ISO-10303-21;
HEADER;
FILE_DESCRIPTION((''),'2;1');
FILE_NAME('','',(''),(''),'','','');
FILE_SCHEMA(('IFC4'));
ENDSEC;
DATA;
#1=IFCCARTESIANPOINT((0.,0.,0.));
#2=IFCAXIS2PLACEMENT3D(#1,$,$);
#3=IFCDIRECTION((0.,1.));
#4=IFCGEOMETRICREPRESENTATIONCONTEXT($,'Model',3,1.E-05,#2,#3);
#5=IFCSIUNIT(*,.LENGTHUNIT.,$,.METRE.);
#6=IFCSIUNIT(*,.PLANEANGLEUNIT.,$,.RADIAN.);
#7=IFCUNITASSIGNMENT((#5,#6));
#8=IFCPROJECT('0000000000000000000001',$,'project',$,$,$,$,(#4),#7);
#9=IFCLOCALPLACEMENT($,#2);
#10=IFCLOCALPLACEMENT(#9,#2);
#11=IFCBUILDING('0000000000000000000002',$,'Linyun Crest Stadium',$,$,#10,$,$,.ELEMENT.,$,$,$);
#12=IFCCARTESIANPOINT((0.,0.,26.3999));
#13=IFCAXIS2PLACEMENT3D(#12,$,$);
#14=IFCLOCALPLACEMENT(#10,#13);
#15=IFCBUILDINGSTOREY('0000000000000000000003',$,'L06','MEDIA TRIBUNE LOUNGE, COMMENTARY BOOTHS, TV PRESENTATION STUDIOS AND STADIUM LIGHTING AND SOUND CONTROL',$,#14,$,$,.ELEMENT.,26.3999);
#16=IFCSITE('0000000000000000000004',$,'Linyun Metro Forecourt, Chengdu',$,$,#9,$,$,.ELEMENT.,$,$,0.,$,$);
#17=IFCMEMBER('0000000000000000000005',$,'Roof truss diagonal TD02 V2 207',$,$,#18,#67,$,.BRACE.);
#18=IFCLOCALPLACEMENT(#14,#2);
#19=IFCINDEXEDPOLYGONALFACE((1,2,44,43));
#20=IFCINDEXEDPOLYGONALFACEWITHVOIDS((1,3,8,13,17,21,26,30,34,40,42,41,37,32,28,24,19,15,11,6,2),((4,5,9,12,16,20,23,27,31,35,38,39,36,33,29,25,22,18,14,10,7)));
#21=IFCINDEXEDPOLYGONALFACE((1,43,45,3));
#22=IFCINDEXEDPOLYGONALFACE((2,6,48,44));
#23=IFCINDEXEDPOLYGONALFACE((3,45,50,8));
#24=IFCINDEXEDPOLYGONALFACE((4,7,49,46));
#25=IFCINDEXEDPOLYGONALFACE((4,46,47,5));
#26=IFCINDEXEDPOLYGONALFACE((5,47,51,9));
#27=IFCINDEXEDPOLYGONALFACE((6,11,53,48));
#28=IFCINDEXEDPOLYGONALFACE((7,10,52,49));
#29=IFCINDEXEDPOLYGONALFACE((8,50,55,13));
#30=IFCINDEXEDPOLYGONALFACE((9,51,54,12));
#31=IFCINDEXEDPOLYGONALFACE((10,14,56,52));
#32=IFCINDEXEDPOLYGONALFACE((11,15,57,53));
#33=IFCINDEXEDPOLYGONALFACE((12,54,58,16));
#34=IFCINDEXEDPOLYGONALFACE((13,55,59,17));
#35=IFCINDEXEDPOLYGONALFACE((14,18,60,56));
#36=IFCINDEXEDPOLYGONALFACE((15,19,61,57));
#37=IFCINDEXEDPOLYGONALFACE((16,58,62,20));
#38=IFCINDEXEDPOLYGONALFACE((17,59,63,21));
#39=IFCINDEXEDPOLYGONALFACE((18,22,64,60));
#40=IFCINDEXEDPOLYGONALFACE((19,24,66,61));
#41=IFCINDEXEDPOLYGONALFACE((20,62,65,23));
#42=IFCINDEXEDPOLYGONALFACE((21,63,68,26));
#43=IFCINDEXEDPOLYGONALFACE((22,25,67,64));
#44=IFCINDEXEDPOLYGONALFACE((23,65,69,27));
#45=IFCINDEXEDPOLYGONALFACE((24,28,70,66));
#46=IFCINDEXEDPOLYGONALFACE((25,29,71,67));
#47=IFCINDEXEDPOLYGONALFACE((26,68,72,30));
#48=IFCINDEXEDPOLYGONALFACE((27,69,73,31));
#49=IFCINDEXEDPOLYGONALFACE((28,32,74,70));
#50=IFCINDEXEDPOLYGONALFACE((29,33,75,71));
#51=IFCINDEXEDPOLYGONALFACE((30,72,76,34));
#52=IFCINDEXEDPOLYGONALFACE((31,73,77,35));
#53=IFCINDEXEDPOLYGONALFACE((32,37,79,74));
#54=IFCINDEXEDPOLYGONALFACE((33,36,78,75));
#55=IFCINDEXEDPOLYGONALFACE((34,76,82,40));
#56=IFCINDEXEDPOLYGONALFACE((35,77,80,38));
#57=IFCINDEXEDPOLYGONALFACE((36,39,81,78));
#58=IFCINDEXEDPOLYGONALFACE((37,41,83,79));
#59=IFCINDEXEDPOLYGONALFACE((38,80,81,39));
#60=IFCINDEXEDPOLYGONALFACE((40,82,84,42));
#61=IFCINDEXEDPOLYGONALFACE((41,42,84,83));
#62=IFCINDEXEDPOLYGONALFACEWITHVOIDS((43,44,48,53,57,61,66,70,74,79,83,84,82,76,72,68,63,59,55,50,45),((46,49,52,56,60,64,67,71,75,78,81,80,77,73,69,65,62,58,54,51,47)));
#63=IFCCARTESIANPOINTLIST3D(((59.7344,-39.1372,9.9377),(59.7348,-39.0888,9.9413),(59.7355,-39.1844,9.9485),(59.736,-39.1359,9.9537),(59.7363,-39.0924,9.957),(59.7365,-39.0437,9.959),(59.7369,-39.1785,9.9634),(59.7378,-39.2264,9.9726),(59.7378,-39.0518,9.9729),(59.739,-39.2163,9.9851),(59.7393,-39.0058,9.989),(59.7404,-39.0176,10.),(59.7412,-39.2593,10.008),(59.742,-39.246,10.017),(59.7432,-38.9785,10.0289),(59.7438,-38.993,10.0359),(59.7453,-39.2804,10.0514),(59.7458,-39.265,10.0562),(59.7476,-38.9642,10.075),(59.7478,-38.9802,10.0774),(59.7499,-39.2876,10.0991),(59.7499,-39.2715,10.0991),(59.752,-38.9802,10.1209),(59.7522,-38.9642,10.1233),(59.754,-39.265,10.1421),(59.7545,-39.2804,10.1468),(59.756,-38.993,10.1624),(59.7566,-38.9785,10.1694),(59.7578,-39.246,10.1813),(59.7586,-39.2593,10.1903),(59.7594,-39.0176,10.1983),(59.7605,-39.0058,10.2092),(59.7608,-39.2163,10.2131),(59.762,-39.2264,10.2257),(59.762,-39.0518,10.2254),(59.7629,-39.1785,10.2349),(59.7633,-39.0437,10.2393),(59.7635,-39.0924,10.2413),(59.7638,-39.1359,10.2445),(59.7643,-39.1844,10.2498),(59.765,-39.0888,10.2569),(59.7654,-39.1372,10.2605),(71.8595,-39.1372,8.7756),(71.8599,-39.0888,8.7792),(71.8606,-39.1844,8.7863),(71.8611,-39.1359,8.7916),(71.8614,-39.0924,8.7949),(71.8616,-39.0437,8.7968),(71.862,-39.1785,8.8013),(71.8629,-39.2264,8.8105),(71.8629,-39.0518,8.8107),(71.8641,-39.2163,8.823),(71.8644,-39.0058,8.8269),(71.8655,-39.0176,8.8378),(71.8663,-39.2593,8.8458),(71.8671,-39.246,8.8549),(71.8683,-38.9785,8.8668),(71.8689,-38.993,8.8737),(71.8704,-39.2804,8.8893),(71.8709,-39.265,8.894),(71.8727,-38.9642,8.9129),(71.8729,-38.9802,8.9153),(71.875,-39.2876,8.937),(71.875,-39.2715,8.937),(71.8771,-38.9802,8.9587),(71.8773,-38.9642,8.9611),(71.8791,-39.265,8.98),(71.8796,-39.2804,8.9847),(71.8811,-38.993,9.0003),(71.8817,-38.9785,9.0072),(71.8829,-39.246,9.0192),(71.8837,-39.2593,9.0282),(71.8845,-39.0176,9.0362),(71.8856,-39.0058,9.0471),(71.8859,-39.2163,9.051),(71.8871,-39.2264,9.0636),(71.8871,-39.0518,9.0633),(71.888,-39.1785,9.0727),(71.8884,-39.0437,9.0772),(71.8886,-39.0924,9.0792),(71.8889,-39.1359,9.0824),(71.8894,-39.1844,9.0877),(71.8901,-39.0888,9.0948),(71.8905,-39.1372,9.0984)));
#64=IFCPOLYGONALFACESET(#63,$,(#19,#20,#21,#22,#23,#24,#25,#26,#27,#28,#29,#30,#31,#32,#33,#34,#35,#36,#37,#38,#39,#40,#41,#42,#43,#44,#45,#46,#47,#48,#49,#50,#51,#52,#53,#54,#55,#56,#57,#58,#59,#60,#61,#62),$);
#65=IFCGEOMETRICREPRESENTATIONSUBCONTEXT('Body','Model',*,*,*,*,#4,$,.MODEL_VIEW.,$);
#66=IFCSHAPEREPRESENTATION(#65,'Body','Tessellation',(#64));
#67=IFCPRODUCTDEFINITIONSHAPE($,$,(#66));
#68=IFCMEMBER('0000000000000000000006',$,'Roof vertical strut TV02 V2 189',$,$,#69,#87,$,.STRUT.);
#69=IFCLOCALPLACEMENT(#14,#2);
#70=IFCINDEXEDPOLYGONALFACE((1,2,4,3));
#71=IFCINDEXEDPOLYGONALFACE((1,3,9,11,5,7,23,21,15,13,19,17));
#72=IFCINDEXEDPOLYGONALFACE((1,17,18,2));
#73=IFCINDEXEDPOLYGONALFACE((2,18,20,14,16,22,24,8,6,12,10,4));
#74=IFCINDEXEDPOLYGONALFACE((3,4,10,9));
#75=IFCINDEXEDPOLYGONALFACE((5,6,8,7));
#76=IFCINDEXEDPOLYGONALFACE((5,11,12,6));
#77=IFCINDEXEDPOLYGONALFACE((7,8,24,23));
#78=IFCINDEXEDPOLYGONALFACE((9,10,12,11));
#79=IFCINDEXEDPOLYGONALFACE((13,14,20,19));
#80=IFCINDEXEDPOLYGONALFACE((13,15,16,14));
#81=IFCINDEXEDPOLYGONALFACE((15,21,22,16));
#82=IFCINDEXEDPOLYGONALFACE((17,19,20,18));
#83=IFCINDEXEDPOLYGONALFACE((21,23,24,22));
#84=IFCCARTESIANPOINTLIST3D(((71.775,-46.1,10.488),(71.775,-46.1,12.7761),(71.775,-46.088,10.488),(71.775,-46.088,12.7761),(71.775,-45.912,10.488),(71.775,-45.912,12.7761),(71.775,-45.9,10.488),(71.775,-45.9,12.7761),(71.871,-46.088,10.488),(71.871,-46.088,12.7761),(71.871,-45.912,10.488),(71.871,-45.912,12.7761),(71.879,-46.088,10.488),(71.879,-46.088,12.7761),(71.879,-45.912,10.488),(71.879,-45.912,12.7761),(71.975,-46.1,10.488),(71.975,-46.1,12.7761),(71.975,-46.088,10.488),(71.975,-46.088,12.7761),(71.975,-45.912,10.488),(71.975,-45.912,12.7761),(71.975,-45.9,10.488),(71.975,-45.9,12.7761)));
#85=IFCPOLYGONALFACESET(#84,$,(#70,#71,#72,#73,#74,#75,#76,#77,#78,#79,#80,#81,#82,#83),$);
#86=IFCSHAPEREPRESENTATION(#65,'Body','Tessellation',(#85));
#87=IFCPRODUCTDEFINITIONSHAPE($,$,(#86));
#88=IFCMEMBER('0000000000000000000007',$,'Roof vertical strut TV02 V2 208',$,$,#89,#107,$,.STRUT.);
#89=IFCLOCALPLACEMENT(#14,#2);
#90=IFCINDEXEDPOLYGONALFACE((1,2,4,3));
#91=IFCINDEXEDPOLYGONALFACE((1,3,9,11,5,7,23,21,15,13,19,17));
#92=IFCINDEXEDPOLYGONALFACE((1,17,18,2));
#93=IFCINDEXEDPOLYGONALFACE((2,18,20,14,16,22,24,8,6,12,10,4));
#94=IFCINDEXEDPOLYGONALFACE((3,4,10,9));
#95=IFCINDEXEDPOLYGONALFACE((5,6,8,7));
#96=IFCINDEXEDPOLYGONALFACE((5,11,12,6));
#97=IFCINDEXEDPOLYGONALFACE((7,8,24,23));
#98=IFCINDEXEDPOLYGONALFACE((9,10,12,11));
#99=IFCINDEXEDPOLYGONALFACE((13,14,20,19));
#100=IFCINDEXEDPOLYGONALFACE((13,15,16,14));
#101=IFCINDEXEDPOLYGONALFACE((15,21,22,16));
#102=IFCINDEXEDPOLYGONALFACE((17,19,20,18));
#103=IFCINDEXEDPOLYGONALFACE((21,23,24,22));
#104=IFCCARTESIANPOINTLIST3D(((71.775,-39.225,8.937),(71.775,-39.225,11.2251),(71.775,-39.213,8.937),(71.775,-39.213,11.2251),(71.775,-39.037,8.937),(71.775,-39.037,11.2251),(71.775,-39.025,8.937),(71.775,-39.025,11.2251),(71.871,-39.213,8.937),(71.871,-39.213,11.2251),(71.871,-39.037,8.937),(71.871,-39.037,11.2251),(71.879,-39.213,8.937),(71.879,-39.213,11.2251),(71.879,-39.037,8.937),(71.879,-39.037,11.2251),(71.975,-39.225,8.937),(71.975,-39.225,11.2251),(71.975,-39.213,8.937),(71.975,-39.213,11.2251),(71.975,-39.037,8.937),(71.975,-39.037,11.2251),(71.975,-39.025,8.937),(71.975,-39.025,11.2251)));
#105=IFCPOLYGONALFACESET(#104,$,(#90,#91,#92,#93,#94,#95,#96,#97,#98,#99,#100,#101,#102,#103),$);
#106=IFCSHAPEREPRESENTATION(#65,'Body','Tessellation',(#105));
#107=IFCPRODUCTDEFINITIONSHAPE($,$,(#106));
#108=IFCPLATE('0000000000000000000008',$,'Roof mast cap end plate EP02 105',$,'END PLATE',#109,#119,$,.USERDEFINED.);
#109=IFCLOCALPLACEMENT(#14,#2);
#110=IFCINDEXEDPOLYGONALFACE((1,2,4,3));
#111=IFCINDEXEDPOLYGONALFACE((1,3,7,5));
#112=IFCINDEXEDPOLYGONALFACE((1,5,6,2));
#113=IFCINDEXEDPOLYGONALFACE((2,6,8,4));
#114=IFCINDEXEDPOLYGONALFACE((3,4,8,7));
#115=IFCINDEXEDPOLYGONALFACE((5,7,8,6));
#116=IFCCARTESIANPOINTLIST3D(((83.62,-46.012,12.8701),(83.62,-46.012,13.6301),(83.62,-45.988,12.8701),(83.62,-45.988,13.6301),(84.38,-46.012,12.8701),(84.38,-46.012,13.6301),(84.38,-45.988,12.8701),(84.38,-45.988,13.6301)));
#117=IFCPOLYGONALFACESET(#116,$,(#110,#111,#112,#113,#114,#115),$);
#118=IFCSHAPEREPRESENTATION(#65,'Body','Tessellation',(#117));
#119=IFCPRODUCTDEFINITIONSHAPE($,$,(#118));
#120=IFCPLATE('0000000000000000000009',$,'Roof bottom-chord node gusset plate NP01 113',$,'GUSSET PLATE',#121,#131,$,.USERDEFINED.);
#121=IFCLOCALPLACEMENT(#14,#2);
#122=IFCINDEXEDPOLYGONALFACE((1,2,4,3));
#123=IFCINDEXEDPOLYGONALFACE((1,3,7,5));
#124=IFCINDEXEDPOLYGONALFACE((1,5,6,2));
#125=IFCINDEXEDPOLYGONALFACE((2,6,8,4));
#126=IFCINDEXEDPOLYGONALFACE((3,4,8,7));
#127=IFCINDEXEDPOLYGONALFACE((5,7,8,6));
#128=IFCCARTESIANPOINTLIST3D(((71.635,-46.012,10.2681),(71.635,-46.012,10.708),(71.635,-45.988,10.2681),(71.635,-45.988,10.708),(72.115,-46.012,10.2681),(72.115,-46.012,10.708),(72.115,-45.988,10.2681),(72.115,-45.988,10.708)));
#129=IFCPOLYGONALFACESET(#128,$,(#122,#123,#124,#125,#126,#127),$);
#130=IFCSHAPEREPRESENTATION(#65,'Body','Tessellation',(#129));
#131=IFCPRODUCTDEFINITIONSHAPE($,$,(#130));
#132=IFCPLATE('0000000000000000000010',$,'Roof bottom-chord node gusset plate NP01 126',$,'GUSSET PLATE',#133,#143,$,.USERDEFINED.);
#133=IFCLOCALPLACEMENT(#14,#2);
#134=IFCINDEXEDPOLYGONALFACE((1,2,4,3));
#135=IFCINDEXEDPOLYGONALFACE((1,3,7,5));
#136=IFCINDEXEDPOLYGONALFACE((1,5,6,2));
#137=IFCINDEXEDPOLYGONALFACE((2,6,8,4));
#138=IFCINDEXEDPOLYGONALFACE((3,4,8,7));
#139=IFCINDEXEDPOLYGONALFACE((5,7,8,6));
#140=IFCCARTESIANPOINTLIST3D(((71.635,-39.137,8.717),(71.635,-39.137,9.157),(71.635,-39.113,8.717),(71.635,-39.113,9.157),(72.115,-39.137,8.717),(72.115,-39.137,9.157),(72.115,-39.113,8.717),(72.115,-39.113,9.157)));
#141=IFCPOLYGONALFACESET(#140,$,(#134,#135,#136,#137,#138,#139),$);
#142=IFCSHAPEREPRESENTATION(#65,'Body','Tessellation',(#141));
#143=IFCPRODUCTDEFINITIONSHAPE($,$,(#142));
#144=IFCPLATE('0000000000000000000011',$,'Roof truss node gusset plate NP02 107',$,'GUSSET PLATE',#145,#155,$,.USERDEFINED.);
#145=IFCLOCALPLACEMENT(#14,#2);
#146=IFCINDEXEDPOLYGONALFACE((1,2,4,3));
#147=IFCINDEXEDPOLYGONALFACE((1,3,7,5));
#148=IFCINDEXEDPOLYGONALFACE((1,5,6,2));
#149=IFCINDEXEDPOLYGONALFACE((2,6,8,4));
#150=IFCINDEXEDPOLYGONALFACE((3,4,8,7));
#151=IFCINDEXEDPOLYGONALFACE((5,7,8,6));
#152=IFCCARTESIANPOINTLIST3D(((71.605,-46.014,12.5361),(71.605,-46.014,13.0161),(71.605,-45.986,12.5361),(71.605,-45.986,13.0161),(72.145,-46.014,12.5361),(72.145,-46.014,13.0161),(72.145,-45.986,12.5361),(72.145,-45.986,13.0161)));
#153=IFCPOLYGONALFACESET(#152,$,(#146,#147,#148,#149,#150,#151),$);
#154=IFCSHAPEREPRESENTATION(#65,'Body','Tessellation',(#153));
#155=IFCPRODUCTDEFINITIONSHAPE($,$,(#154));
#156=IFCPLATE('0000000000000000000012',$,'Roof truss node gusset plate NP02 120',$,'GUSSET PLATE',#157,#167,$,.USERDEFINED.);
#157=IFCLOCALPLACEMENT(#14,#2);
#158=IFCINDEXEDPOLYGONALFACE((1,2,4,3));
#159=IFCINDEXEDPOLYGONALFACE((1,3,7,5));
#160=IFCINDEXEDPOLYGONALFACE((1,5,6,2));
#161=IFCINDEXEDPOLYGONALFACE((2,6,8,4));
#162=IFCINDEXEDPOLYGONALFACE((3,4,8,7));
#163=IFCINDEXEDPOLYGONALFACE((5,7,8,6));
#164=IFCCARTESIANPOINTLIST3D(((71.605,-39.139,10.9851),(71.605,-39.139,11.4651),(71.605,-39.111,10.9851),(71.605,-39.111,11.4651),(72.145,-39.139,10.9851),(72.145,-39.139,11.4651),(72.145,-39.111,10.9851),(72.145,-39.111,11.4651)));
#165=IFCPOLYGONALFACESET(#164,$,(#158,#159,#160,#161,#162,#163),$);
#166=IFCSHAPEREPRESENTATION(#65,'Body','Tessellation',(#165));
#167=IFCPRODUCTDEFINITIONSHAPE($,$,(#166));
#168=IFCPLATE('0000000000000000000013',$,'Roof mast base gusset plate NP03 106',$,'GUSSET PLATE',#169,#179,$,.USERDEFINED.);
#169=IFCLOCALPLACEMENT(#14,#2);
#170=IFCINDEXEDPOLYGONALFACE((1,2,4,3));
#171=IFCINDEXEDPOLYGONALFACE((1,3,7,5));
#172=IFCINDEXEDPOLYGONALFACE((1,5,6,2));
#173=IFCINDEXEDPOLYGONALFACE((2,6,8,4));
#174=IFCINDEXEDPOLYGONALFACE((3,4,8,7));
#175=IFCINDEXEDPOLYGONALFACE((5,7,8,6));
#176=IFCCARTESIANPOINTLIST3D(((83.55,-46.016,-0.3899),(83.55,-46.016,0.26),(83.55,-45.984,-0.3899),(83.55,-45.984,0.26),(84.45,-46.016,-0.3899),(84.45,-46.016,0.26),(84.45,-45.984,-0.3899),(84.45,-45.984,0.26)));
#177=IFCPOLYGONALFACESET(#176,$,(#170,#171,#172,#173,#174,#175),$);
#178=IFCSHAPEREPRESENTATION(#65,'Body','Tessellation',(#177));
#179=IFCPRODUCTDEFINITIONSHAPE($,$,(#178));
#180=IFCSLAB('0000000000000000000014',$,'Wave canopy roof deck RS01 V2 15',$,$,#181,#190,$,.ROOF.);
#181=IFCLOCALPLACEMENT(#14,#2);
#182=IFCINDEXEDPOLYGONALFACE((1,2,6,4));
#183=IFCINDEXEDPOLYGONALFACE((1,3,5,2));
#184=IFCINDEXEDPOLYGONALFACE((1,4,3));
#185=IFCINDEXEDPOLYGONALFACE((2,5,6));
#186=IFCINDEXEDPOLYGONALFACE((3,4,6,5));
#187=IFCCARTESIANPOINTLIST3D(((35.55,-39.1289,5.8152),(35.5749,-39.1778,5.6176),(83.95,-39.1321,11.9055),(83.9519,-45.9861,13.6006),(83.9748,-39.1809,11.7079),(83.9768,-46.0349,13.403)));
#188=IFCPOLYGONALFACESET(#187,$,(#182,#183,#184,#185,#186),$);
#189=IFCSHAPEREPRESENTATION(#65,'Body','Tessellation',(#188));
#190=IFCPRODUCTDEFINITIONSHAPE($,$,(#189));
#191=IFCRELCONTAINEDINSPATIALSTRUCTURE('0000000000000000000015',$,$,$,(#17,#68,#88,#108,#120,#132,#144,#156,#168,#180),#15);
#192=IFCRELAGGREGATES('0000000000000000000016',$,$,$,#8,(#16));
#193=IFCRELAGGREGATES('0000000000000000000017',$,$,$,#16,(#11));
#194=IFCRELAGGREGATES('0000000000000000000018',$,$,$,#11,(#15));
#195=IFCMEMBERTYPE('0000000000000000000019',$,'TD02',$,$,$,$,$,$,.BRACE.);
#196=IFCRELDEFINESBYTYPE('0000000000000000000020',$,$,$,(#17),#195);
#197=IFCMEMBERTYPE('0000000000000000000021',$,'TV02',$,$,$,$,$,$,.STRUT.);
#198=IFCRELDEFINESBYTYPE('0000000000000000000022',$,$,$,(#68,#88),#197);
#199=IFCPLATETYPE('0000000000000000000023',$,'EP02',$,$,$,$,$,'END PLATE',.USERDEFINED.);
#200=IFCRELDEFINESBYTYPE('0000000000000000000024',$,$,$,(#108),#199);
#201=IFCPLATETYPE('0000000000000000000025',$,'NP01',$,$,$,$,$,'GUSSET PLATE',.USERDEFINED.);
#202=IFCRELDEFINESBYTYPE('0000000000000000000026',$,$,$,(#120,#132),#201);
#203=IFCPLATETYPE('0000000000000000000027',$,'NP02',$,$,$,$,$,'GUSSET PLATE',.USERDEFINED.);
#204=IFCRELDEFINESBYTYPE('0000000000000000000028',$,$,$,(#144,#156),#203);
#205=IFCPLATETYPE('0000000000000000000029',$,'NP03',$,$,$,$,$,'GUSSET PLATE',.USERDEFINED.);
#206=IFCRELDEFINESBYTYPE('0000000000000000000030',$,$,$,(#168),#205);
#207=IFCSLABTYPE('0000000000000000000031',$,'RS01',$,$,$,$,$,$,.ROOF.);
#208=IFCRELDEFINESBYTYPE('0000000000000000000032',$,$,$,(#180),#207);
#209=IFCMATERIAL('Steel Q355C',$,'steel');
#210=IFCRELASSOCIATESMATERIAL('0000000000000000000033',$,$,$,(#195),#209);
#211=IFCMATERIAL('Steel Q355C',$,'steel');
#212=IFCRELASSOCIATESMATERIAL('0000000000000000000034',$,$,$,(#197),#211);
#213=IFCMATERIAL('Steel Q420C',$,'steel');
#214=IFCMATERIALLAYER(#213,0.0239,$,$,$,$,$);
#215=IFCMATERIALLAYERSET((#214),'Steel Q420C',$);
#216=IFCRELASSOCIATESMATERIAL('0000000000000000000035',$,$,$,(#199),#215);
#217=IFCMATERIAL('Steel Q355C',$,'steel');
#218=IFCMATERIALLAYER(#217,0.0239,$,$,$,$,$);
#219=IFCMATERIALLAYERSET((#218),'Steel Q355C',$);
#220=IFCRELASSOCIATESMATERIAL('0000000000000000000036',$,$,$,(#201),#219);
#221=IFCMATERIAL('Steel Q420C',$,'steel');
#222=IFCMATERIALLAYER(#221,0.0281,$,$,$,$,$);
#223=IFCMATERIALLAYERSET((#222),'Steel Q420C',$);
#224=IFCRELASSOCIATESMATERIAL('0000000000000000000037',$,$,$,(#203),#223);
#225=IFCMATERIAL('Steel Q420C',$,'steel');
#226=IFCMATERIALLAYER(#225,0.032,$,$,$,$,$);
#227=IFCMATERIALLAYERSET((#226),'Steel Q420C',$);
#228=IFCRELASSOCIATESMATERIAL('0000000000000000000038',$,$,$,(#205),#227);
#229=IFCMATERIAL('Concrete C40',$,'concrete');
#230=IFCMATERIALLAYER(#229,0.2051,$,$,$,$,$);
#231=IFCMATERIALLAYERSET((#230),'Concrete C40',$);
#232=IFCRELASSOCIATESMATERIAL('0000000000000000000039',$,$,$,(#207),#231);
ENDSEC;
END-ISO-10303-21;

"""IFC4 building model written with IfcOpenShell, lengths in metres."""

from ifc_helpers import new_model, si_unit, direction, frame, origin, origin_2d, place, context, subcontext, project, spatial, polyline, rectangle, hollow_circle, i_section, outline, extrude, material, layer, layer_set, material_profile, profile_set, type_object, element, save


model = new_model("IFC4")

# Units and contexts
model_context = context("Model", 3, precision=1e-05, world=origin(), true_north=direction((0.0, 1.0)))
body_context = subcontext(model_context, "Body", "Model", "MODEL_VIEW")
ifc_project = project(units=[si_unit("LENGTHUNIT", "METRE"), si_unit("PLANEANGLEUNIT", "RADIAN")], contexts=[model_context])

# Site, building, storey
site_placement = place(None, origin())
site = spatial("IfcSite", under=ifc_project, at=site_placement, Name="Linyun Metro Forecourt, Chengdu", CompositionType="ELEMENT", RefElevation=0.0)
building_placement = place(site_placement, origin())
building = spatial("IfcBuilding", under=site, at=building_placement, Name="Linyun Crest Stadium", CompositionType="ELEMENT")
storey_placement = place(building_placement, frame((0.0, 0.0, 26.3999)))
storey = spatial("IfcBuildingStorey", under=building, at=storey_placement, Name="L06", Description="MEDIA TRIBUNE LOUNGE, COMMENTARY BOOTHS, TV PRESENTATION STUDIOS AND STADIUM LIGHTING AND SOUND CONTROL", CompositionType="ELEMENT", Elevation=26.3999)

# Members
ifc_material_1 = material(Name="Steel Q355C", Category="steel")
ifc_material_profile_1 = material_profile(ifc_material_1, hollow_circle(Radius=0.1626, WallThickness=0.0161, at=origin_2d()), Name="CHS 325x16")
ifc_profile_set_1 = profile_set([ifc_material_profile_1], Name="Steel Q355C")
member_type_1 = type_object("IfcMemberType", Name="TD02", PredefinedType="BRACE", material=ifc_profile_set_1)
member_1_placement = place(storey_placement, frame((71.875, -39.125, 8.937), z_axis=(-0.995438, 0.0, 0.095407), x_axis=(0.0, -1.0, 0.0)))
element("IfcMember", 1, at=member_1_placement, inside=storey, type_object=member_type_1, Name="Roof truss diagonal TD02 V2 207", PredefinedType="BRACE", context=body_context, shape_type="SweptSolid", body=[
    extrude(hollow_circle(Radius=0.1626, WallThickness=0.0161, at=origin_2d()), origin(), (0.0, 0.0, 1.0), 12.1807),
])
ifc_material_2 = material(Name="Steel Q355C", Category="steel")
ifc_material_profile_2 = material_profile(ifc_material_2, i_section(OverallWidth=0.2, OverallDepth=0.2, WebThickness=0.0081, FlangeThickness=0.012, at=origin_2d()), Name="HW 200x200")
ifc_profile_set_2 = profile_set([ifc_material_profile_2], Name="Steel Q355C")
member_type_2 = type_object("IfcMemberType", Name="TV02", PredefinedType="STRUT", material=ifc_profile_set_2)
for number, where, z_axis, x_axis, name in (
    (2, (71.875, -46.0, 10.488), (0.0, 0.0, 1.0), (1.0, 0.0, 0.0), "Roof vertical strut TV02 V2 189"),
    (3, (71.875, -39.125, 8.937), (0.0, 0.0, 1.0), (1.0, 0.0, 0.0), "Roof vertical strut TV02 V2 208"),
):
    element("IfcMember", number, at=place(storey_placement, frame(where, z_axis=z_axis, x_axis=x_axis)), inside=storey, type_object=member_type_2, Name=name, PredefinedType="STRUT", context=body_context, shape_type="SweptSolid", body=[
        extrude(i_section(OverallWidth=0.2, OverallDepth=0.2, WebThickness=0.0081, FlangeThickness=0.012, at=origin_2d()), origin(), (0.0, 0.0, 1.0), 2.2881),
    ])

# Plates
ifc_material_3 = material(Name="Steel Q420C", Category="steel")
ifc_layer_1 = layer(ifc_material_3, 0.0239)
ifc_layer_set_1 = layer_set([ifc_layer_1], Name="Steel Q420C")
plate_type_1 = type_object("IfcPlateType", Name="EP02", ElementType="END PLATE", PredefinedType="USERDEFINED", material=ifc_layer_set_1)
plate_1_placement = place(storey_placement, frame((84.0, -46.0, 12.8701), z_axis=(0.0, 0.0, 1.0), x_axis=(1.0, 0.0, 0.0)))
element("IfcPlate", 4, at=plate_1_placement, inside=storey, type_object=plate_type_1, Name="Roof mast cap end plate EP02 105", ObjectType="END PLATE", PredefinedType="USERDEFINED", context=body_context, shape_type="SweptSolid", body=[
    extrude(rectangle(XDim=0.76, YDim=0.0239, at=origin_2d()), origin(), (0.0, 0.0, 1.0), 0.76),
])
ifc_material_4 = material(Name="Steel Q355C", Category="steel")
ifc_layer_2 = layer(ifc_material_4, 0.0239)
ifc_layer_set_2 = layer_set([ifc_layer_2], Name="Steel Q355C")
plate_type_2 = type_object("IfcPlateType", Name="NP01", ElementType="GUSSET PLATE", PredefinedType="USERDEFINED", material=ifc_layer_set_2)
for number, where, z_axis, x_axis, name in (
    (5, (71.875, -46.0, 10.2681), (0.0, 0.0, 1.0), (1.0, 0.0, 0.0), "Roof bottom-chord node gusset plate NP01 113"),
    (6, (71.875, -39.125, 8.717), (0.0, 0.0, 1.0), (1.0, 0.0, 0.0), "Roof bottom-chord node gusset plate NP01 126"),
):
    element("IfcPlate", number, at=place(storey_placement, frame(where, z_axis=z_axis, x_axis=x_axis)), inside=storey, type_object=plate_type_2, Name=name, ObjectType="GUSSET PLATE", PredefinedType="USERDEFINED", context=body_context, shape_type="SweptSolid", body=[
        extrude(rectangle(XDim=0.48, YDim=0.0239, at=origin_2d()), origin(), (0.0, 0.0, 1.0), 0.4399),
    ])
ifc_material_5 = material(Name="Steel Q420C", Category="steel")
ifc_layer_3 = layer(ifc_material_5, 0.0281)
ifc_layer_set_3 = layer_set([ifc_layer_3], Name="Steel Q420C")
plate_type_3 = type_object("IfcPlateType", Name="NP02", ElementType="GUSSET PLATE", PredefinedType="USERDEFINED", material=ifc_layer_set_3)
for number, where, z_axis, x_axis, name in (
    (7, (71.875, -46.0, 12.5361), (0.0, 0.0, 1.0), (1.0, 0.0, 0.0), "Roof truss node gusset plate NP02 107"),
    (8, (71.875, -39.125, 10.9851), (0.0, 0.0, 1.0), (1.0, 0.0, 0.0), "Roof truss node gusset plate NP02 120"),
):
    element("IfcPlate", number, at=place(storey_placement, frame(where, z_axis=z_axis, x_axis=x_axis)), inside=storey, type_object=plate_type_3, Name=name, ObjectType="GUSSET PLATE", PredefinedType="USERDEFINED", context=body_context, shape_type="SweptSolid", body=[
        extrude(rectangle(XDim=0.54, YDim=0.0281, at=origin_2d()), origin(), (0.0, 0.0, 1.0), 0.48),
    ])
ifc_material_6 = material(Name="Steel Q420C", Category="steel")
ifc_layer_4 = layer(ifc_material_6, 0.032)
ifc_layer_set_4 = layer_set([ifc_layer_4], Name="Steel Q420C")
plate_type_4 = type_object("IfcPlateType", Name="NP03", ElementType="GUSSET PLATE", PredefinedType="USERDEFINED", material=ifc_layer_set_4)
plate_2_placement = place(storey_placement, frame((84.0, -46.0, -0.3899), z_axis=(0.0, 0.0, 1.0), x_axis=(1.0, 0.0, 0.0)))
element("IfcPlate", 9, at=plate_2_placement, inside=storey, type_object=plate_type_4, Name="Roof mast base gusset plate NP03 106", ObjectType="GUSSET PLATE", PredefinedType="USERDEFINED", context=body_context, shape_type="SweptSolid", body=[
    extrude(rectangle(XDim=0.8999, YDim=0.032, at=origin_2d()), origin(), (0.0, 0.0, 1.0), 0.6499),
])

# Slab
ifc_material_7 = material(Name="Concrete C40", Category="concrete")
ifc_layer_5 = layer(ifc_material_7, 0.2051)
ifc_layer_set_5 = layer_set([ifc_layer_5], Name="Concrete C40")
slab_type_1 = type_object("IfcSlabType", Name="RS01", PredefinedType="ROOF", material=ifc_layer_set_5)
slab_1_placement = place(storey_placement, frame((83.9519, -45.9861, 13.6006), z_axis=(-0.121238, 0.238274, 0.963601), x_axis=(-0.000277, 0.970754, -0.240078)))
element("IfcSlab", 10, at=slab_1_placement, inside=storey, type_object=slab_type_1, Name="Wave canopy roof deck RS01 V2 15", PredefinedType="ROOF", context=body_context, shape_type="SweptSolid", body=[
    extrude(outline(polyline([(0.0, 0.0), (7.0605, 0.0), (8.5391, 48.7592), (0.0, 0.0)])), origin(), (0.0, 0.0, -1.0), 0.2051),
])

save(model, "model.ifc")
